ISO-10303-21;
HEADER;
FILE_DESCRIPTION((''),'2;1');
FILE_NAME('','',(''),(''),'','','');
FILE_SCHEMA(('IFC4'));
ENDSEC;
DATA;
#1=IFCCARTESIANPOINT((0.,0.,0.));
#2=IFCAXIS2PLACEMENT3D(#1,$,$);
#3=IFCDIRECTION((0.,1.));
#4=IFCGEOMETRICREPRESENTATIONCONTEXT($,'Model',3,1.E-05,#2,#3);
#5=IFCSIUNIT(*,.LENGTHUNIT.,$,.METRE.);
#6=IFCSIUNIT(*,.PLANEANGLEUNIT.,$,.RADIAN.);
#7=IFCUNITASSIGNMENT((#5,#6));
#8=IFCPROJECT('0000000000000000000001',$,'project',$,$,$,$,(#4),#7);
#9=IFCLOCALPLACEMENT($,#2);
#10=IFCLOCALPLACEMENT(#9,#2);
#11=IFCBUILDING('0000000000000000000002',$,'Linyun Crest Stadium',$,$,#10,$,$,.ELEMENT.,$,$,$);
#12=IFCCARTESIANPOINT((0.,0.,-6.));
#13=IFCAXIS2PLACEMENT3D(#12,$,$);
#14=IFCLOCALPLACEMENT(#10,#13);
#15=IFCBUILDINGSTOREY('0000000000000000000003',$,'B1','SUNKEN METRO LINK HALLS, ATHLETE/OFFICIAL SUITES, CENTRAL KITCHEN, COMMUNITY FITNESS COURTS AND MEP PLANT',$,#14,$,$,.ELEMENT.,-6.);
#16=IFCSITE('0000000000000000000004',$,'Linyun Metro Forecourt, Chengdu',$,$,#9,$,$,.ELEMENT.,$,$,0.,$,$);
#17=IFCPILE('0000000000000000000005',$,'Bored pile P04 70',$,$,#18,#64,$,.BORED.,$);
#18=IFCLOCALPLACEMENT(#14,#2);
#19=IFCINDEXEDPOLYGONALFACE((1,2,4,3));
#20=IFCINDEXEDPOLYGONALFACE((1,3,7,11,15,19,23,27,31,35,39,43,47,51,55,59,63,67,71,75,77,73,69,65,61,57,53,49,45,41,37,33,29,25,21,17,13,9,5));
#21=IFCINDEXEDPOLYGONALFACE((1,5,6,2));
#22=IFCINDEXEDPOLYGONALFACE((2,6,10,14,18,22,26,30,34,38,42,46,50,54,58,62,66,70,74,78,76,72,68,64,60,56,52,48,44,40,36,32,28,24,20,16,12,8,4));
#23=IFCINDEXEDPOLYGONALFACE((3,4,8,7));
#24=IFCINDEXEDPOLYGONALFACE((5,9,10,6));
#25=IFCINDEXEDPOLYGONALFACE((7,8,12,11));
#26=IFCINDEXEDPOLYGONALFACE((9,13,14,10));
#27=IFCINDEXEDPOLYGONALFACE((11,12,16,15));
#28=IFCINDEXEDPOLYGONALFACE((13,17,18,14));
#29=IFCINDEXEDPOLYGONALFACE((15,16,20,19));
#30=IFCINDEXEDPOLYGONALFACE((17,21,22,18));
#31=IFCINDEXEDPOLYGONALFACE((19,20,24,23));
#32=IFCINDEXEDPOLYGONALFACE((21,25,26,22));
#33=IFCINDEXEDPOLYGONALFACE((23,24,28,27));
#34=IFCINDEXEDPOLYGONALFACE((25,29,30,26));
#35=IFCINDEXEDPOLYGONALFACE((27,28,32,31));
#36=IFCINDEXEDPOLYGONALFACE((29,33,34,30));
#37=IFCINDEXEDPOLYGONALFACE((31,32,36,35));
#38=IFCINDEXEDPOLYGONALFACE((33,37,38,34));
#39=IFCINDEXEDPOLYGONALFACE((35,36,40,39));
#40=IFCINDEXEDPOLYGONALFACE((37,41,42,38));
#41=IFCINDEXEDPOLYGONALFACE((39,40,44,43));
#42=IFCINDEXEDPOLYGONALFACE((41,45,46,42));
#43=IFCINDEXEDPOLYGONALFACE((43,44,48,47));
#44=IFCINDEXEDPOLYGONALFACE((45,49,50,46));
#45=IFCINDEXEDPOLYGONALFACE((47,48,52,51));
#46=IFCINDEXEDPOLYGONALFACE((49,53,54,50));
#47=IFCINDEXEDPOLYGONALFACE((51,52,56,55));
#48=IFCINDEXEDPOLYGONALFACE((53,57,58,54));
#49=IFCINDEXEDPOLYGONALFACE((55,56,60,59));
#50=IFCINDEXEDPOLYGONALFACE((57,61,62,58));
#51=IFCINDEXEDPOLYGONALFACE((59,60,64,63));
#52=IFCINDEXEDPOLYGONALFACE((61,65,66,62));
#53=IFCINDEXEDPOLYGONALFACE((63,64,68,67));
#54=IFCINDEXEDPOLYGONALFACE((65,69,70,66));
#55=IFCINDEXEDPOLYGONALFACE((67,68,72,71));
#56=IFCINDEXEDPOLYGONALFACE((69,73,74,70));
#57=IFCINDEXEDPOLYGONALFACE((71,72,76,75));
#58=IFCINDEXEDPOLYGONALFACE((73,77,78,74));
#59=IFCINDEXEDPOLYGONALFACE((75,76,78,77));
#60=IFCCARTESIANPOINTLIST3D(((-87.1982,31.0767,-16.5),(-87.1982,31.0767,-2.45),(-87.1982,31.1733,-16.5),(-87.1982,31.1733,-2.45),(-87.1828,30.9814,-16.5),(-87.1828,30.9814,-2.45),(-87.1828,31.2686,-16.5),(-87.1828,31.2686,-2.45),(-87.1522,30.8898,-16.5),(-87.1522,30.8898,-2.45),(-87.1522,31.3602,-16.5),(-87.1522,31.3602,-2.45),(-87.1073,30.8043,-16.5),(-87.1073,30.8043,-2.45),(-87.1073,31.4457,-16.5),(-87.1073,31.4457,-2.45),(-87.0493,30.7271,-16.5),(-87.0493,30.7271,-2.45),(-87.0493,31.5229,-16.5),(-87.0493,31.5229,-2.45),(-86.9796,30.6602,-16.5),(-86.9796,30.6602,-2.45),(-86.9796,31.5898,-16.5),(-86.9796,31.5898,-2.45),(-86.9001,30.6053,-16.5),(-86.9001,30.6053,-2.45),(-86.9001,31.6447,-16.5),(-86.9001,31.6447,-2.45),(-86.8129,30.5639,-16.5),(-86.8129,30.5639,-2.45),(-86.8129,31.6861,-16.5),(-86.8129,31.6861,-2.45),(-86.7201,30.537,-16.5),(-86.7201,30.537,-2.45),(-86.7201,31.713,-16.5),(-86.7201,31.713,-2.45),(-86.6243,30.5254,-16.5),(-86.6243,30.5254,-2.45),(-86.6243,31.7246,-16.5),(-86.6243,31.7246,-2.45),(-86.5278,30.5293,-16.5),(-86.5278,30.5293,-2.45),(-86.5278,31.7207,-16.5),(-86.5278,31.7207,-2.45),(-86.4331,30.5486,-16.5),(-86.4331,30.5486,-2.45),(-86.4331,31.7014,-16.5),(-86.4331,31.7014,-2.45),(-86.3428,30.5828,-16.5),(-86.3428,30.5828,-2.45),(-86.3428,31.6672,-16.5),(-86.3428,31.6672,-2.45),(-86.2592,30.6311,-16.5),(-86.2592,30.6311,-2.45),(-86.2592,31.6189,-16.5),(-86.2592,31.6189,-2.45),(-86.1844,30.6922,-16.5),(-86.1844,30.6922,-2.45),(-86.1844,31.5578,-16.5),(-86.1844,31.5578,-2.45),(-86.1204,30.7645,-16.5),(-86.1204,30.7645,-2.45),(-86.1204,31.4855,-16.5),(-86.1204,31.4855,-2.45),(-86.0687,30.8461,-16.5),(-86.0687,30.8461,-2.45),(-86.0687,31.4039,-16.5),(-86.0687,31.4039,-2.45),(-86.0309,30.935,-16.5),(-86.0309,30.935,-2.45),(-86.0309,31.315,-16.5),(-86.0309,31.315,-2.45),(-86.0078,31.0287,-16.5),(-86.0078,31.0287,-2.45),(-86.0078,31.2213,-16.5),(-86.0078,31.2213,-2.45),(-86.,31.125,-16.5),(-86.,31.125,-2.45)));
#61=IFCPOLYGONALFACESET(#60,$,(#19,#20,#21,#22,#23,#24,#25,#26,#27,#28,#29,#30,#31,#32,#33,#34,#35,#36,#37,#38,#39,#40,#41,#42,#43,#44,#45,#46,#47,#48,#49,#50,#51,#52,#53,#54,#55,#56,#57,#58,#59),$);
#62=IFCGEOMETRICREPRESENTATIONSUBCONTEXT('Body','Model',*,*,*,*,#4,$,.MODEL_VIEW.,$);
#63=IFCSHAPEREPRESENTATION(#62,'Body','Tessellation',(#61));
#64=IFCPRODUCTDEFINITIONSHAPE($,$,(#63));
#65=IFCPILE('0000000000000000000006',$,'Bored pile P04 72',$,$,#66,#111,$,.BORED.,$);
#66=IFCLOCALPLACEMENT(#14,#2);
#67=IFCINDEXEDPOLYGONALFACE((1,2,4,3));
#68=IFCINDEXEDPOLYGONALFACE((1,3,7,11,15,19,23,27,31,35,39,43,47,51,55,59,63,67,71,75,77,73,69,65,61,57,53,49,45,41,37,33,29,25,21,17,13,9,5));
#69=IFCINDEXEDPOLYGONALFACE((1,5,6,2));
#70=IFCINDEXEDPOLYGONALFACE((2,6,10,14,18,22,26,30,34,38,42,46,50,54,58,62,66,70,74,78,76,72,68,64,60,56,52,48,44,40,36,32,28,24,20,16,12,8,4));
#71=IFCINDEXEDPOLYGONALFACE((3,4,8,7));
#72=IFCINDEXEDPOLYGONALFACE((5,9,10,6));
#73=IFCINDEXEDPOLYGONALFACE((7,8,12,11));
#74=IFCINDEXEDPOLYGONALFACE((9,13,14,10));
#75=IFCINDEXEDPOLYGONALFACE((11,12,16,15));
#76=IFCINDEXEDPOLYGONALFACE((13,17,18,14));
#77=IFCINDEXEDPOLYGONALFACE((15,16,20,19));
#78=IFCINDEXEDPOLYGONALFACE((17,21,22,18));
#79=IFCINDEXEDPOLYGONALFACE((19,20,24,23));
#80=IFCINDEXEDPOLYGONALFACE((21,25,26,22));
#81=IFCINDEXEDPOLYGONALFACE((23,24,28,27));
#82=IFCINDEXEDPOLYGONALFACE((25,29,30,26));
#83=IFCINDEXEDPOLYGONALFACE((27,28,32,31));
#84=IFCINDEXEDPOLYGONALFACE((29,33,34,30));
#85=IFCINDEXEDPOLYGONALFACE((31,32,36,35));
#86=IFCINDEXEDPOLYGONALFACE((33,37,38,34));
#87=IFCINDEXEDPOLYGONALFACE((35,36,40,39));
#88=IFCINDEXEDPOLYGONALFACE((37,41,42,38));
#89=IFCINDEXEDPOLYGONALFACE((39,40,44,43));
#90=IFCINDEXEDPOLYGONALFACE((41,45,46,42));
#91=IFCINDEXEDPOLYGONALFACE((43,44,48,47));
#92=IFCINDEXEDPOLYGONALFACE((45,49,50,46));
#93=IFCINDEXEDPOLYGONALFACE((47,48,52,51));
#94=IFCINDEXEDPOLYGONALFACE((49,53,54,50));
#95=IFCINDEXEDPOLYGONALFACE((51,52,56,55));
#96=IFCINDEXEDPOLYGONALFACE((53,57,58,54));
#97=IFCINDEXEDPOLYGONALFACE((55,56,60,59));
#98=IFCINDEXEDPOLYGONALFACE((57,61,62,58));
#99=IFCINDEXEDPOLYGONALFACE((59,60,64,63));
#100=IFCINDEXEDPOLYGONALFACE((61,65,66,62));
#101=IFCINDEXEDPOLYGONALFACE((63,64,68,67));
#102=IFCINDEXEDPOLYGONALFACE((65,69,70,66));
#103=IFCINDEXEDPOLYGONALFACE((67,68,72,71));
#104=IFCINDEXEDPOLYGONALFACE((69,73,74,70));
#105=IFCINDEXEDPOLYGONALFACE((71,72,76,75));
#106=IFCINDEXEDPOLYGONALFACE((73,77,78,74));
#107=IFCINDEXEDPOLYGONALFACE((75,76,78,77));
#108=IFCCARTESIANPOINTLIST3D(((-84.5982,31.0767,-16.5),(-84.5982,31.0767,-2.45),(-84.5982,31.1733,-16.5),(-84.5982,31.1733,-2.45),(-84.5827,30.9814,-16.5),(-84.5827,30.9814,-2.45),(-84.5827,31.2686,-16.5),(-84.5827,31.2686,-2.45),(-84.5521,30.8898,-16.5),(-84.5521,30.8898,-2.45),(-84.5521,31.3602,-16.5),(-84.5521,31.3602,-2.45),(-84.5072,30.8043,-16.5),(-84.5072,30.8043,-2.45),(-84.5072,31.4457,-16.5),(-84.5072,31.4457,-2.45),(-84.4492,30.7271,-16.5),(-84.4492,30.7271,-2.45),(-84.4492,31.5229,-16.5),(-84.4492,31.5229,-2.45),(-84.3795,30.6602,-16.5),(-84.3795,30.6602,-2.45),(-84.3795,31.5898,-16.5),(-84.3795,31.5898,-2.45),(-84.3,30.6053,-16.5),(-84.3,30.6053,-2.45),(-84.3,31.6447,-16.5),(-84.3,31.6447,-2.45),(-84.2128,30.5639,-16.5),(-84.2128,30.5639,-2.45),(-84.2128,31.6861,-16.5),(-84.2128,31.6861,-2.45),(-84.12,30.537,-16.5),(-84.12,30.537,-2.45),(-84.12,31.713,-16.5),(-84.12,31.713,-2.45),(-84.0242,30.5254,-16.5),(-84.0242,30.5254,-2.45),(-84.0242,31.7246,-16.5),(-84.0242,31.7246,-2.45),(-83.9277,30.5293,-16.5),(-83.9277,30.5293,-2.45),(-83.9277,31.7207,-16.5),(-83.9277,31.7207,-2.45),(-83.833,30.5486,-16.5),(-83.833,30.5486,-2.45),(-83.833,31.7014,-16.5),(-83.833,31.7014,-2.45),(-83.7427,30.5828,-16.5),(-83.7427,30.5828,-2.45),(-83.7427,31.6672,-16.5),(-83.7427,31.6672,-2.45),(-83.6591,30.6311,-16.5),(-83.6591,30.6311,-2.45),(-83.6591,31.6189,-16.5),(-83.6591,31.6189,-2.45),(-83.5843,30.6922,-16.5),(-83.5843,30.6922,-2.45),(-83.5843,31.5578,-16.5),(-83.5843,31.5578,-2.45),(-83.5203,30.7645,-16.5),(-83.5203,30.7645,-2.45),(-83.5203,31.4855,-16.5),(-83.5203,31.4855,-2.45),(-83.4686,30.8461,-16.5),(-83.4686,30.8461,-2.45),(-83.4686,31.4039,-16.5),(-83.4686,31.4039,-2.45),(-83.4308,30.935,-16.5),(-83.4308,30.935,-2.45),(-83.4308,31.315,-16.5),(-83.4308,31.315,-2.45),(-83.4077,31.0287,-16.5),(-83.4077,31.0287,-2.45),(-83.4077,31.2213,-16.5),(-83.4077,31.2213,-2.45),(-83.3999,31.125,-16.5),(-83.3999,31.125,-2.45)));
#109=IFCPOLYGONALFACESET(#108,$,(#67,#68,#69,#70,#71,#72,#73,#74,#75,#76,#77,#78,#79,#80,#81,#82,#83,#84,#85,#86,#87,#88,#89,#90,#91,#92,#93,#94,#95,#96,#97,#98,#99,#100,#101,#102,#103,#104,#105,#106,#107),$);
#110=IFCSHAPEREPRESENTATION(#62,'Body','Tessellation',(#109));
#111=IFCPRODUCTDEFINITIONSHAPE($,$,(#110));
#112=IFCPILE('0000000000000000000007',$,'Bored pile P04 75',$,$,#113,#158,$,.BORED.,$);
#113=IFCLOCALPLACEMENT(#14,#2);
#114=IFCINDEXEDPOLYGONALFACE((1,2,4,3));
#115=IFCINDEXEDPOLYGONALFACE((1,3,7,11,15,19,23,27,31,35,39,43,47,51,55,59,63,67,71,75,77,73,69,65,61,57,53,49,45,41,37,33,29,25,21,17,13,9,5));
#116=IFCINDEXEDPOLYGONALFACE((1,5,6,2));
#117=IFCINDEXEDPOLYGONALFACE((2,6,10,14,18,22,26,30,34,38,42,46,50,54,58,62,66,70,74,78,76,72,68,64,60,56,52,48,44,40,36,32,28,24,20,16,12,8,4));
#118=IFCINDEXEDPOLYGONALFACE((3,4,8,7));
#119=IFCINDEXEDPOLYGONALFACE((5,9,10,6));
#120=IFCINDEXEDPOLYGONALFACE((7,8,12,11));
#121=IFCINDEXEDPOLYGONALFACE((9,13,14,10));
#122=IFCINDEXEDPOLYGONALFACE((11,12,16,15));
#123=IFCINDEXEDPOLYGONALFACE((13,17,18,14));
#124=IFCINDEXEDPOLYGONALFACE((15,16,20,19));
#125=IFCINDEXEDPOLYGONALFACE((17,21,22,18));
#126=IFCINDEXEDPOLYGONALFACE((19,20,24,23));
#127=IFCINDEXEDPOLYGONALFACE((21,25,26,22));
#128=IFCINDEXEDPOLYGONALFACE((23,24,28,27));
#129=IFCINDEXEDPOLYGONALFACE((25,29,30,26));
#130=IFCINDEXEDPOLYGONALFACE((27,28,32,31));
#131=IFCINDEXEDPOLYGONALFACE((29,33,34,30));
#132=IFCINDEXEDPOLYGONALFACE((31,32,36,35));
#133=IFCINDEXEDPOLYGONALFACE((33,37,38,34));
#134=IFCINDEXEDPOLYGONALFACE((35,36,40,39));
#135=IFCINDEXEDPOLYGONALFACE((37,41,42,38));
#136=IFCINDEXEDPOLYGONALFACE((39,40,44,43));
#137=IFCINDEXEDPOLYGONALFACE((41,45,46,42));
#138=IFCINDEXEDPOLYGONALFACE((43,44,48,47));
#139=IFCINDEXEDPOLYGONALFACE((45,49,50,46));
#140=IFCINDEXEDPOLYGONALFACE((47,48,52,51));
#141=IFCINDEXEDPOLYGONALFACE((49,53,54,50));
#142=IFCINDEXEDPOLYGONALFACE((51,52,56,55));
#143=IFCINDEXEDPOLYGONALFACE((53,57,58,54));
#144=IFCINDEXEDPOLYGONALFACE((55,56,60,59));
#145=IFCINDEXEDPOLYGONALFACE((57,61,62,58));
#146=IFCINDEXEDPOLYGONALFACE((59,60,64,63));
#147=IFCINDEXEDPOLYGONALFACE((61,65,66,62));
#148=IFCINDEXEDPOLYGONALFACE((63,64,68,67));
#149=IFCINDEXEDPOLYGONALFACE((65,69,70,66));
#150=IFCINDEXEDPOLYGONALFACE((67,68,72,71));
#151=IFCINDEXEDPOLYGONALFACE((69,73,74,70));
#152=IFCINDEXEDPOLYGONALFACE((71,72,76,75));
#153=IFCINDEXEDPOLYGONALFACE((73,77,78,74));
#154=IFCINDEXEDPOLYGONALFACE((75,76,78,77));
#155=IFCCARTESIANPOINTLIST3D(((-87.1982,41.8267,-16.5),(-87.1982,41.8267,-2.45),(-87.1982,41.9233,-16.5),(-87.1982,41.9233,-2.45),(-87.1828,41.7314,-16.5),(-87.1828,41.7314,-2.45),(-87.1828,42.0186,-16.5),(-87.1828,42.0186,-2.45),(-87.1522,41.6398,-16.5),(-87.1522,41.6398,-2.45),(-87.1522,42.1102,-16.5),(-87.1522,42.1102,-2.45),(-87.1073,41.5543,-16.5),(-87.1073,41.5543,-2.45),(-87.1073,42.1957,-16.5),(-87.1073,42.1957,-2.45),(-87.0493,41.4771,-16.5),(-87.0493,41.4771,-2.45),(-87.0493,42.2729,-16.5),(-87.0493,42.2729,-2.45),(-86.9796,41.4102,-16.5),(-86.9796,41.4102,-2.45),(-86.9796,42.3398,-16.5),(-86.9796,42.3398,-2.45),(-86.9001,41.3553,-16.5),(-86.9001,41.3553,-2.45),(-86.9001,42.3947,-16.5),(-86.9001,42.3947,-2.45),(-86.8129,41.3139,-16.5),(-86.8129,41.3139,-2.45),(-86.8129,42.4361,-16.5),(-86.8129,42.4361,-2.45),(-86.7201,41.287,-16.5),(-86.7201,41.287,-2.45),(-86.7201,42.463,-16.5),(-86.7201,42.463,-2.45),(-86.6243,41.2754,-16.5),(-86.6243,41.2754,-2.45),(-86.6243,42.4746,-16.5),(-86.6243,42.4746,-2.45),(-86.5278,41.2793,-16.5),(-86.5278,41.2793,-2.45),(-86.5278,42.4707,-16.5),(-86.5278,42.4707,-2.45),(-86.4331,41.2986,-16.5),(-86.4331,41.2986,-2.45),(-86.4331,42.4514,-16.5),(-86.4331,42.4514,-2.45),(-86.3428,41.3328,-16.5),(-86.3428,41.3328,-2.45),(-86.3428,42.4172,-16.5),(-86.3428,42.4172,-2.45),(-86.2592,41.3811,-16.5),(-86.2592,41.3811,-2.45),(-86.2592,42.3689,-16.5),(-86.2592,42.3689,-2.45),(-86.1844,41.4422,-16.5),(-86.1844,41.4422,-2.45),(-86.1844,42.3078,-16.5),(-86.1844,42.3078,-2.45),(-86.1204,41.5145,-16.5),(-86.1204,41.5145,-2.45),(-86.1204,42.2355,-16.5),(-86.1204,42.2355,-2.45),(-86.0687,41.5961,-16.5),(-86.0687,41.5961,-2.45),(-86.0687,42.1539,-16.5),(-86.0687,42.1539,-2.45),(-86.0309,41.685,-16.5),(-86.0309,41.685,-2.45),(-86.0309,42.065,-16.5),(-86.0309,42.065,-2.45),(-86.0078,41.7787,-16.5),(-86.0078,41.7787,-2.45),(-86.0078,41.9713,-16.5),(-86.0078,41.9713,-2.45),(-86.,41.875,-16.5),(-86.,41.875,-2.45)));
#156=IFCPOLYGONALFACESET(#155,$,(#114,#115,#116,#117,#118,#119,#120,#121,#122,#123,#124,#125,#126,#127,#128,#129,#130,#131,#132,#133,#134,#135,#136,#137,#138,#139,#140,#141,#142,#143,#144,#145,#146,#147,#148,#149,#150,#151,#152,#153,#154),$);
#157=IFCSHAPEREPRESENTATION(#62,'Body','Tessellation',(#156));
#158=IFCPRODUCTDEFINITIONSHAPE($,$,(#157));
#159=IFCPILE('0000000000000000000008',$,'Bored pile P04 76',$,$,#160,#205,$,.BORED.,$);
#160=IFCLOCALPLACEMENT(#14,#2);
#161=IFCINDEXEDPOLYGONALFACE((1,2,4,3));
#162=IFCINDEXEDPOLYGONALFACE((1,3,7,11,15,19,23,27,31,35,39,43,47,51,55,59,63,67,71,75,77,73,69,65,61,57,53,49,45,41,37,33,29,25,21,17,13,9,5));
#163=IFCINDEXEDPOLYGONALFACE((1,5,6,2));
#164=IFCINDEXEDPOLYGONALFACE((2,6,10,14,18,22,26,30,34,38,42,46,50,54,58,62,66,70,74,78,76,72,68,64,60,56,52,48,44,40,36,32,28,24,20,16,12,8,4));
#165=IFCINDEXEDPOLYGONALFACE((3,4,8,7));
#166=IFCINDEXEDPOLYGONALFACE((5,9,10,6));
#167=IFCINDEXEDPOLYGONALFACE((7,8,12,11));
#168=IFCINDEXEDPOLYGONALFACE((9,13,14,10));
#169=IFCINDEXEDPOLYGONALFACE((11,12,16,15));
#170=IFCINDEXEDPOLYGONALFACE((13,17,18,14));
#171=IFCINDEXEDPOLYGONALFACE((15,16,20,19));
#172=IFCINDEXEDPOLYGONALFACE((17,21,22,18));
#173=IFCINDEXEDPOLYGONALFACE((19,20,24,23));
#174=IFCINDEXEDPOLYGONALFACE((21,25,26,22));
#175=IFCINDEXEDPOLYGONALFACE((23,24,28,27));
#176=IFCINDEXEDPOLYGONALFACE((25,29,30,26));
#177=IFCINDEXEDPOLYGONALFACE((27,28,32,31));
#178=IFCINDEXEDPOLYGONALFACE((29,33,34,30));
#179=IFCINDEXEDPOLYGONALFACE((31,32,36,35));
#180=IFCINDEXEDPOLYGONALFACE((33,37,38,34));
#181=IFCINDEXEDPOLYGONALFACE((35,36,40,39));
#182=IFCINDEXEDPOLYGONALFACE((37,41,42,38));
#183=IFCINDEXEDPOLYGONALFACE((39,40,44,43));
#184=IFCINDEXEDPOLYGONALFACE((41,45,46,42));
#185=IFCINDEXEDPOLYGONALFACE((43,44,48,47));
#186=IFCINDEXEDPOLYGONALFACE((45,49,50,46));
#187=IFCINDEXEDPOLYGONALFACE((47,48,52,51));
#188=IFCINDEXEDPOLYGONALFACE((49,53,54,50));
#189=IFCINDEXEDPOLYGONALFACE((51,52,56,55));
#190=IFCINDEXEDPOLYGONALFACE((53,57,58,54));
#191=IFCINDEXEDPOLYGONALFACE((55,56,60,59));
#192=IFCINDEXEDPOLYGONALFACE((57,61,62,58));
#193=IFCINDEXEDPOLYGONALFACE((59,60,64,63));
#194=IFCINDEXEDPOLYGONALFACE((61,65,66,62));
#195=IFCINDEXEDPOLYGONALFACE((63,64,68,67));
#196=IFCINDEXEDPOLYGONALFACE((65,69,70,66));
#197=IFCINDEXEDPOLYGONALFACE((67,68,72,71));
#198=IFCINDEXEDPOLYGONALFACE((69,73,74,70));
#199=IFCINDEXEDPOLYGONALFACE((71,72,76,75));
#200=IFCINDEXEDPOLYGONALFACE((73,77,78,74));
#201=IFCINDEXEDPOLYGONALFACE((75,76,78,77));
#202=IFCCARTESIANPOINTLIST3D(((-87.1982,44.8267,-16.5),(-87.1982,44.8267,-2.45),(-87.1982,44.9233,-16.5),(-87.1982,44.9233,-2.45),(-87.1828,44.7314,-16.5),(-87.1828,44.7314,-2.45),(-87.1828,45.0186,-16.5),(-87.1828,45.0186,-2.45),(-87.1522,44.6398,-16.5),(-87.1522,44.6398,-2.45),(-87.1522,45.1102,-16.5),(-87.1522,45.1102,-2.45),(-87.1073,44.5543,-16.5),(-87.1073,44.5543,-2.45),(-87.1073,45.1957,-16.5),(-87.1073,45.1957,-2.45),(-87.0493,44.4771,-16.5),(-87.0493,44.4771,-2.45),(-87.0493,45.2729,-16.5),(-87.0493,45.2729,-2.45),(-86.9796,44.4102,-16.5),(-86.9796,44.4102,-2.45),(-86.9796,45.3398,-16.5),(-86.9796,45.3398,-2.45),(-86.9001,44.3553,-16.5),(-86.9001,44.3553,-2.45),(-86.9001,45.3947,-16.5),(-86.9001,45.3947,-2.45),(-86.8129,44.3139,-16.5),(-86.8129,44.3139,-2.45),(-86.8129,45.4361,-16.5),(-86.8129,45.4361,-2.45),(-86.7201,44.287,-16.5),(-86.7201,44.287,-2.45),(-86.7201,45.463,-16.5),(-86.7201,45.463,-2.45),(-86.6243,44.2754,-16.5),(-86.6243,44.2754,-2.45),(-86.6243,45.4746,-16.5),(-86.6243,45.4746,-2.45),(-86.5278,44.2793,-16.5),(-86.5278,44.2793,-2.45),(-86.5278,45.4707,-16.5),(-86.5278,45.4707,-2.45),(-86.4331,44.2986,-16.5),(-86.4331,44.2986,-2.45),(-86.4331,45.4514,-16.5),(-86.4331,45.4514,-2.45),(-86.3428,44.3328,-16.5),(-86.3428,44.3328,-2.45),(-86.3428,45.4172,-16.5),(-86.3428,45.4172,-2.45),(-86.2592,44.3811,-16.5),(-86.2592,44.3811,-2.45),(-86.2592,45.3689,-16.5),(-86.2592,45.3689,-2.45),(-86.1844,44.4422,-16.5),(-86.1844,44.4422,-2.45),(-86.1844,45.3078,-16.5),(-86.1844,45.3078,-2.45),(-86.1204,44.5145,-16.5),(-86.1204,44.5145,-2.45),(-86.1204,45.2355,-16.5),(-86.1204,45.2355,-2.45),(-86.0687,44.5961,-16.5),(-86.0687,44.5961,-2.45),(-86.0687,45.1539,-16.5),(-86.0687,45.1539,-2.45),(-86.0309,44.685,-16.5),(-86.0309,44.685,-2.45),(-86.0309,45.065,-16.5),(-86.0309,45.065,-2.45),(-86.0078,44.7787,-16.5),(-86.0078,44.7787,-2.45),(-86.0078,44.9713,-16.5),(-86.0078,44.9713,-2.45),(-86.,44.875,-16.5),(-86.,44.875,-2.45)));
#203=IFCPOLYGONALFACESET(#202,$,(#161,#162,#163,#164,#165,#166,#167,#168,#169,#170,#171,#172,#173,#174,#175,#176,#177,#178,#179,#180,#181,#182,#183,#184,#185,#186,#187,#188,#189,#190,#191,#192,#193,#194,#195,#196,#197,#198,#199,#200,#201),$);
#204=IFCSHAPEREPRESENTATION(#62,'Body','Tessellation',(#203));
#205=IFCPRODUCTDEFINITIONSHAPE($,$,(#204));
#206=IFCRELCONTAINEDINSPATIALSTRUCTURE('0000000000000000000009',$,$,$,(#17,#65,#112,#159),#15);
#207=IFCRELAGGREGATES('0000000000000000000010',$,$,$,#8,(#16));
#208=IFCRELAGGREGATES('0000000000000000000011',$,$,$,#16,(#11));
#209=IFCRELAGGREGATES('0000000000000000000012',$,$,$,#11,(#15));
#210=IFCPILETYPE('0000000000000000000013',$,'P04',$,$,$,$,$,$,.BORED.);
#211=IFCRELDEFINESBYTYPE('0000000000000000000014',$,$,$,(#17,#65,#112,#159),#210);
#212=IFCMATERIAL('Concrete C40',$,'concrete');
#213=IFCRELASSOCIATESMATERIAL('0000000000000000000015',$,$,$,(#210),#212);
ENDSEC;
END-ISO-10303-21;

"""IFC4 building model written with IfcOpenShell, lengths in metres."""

from ifc_helpers import new_model, si_unit, direction, frame, origin, origin_2d, place, context, subcontext, project, spatial, circle, extrude, material, material_profile, profile_set, type_object, element, save


model = new_model("IFC4")

# Units and contexts
model_context = context("Model", 3, precision=1e-05, world=origin(), true_north=direction((0.0, 1.0)))
body_context = subcontext(model_context, "Body", "Model", "MODEL_VIEW")
ifc_project = project(units=[si_unit("LENGTHUNIT", "METRE"), si_unit("PLANEANGLEUNIT", "RADIAN")], contexts=[model_context])

# Site, building, storey
site_placement = place(None, origin())
site = spatial("IfcSite", under=ifc_project, at=site_placement, Name="Linyun Metro Forecourt, Chengdu", CompositionType="ELEMENT", RefElevation=0.0)
building_placement = place(site_placement, origin())
building = spatial("IfcBuilding", under=site, at=building_placement, Name="Linyun Crest Stadium", CompositionType="ELEMENT")
storey_placement = place(building_placement, frame((0.0, 0.0, -6.0)))
storey = spatial("IfcBuildingStorey", under=building, at=storey_placement, Name="B1", Description="SUNKEN METRO LINK HALLS, ATHLETE/OFFICIAL SUITES, CENTRAL KITCHEN, COMMUNITY FITNESS COURTS AND MEP PLANT", CompositionType="ELEMENT", Elevation=-6.0)

# Piles
ifc_material_1 = material(Name="Concrete C40", Category="concrete")
ifc_material_profile_1 = material_profile(ifc_material_1, circle(Radius=0.6001, at=origin_2d()), Name="BORED PILE 1200")
ifc_profile_set_1 = profile_set([ifc_material_profile_1], Name="Concrete C40")
pile_type_1 = type_object("IfcPileType", Name="P04", PredefinedType="BORED", material=ifc_profile_set_1)
for number, where, z_axis, x_axis, name in (
    (1, (-86.6001, 31.125, -2.45), (0.0, 0.0, -1.0), (1.0, 0.0, 0.0), "Bored pile P04 70"),
    (2, (-84.0, 31.125, -2.45), (0.0, 0.0, -1.0), (1.0, 0.0, 0.0), "Bored pile P04 72"),
    (3, (-86.6001, 41.875, -2.45), (0.0, 0.0, -1.0), (1.0, 0.0, 0.0), "Bored pile P04 75"),
    (4, (-86.6001, 44.875, -2.45), (0.0, 0.0, -1.0), (1.0, 0.0, 0.0), "Bored pile P04 76"),
):
    element("IfcPile", number, at=place(storey_placement, frame(where, z_axis=z_axis, x_axis=x_axis)), inside=storey, type_object=pile_type_1, Name=name, PredefinedType="BORED", context=body_context, shape_type="SweptSolid", body=[
        extrude(circle(Radius=0.6001, at=origin_2d()), origin(), (0.0, 0.0, 1.0), 14.05),
    ])

save(model, "model.ifc")
